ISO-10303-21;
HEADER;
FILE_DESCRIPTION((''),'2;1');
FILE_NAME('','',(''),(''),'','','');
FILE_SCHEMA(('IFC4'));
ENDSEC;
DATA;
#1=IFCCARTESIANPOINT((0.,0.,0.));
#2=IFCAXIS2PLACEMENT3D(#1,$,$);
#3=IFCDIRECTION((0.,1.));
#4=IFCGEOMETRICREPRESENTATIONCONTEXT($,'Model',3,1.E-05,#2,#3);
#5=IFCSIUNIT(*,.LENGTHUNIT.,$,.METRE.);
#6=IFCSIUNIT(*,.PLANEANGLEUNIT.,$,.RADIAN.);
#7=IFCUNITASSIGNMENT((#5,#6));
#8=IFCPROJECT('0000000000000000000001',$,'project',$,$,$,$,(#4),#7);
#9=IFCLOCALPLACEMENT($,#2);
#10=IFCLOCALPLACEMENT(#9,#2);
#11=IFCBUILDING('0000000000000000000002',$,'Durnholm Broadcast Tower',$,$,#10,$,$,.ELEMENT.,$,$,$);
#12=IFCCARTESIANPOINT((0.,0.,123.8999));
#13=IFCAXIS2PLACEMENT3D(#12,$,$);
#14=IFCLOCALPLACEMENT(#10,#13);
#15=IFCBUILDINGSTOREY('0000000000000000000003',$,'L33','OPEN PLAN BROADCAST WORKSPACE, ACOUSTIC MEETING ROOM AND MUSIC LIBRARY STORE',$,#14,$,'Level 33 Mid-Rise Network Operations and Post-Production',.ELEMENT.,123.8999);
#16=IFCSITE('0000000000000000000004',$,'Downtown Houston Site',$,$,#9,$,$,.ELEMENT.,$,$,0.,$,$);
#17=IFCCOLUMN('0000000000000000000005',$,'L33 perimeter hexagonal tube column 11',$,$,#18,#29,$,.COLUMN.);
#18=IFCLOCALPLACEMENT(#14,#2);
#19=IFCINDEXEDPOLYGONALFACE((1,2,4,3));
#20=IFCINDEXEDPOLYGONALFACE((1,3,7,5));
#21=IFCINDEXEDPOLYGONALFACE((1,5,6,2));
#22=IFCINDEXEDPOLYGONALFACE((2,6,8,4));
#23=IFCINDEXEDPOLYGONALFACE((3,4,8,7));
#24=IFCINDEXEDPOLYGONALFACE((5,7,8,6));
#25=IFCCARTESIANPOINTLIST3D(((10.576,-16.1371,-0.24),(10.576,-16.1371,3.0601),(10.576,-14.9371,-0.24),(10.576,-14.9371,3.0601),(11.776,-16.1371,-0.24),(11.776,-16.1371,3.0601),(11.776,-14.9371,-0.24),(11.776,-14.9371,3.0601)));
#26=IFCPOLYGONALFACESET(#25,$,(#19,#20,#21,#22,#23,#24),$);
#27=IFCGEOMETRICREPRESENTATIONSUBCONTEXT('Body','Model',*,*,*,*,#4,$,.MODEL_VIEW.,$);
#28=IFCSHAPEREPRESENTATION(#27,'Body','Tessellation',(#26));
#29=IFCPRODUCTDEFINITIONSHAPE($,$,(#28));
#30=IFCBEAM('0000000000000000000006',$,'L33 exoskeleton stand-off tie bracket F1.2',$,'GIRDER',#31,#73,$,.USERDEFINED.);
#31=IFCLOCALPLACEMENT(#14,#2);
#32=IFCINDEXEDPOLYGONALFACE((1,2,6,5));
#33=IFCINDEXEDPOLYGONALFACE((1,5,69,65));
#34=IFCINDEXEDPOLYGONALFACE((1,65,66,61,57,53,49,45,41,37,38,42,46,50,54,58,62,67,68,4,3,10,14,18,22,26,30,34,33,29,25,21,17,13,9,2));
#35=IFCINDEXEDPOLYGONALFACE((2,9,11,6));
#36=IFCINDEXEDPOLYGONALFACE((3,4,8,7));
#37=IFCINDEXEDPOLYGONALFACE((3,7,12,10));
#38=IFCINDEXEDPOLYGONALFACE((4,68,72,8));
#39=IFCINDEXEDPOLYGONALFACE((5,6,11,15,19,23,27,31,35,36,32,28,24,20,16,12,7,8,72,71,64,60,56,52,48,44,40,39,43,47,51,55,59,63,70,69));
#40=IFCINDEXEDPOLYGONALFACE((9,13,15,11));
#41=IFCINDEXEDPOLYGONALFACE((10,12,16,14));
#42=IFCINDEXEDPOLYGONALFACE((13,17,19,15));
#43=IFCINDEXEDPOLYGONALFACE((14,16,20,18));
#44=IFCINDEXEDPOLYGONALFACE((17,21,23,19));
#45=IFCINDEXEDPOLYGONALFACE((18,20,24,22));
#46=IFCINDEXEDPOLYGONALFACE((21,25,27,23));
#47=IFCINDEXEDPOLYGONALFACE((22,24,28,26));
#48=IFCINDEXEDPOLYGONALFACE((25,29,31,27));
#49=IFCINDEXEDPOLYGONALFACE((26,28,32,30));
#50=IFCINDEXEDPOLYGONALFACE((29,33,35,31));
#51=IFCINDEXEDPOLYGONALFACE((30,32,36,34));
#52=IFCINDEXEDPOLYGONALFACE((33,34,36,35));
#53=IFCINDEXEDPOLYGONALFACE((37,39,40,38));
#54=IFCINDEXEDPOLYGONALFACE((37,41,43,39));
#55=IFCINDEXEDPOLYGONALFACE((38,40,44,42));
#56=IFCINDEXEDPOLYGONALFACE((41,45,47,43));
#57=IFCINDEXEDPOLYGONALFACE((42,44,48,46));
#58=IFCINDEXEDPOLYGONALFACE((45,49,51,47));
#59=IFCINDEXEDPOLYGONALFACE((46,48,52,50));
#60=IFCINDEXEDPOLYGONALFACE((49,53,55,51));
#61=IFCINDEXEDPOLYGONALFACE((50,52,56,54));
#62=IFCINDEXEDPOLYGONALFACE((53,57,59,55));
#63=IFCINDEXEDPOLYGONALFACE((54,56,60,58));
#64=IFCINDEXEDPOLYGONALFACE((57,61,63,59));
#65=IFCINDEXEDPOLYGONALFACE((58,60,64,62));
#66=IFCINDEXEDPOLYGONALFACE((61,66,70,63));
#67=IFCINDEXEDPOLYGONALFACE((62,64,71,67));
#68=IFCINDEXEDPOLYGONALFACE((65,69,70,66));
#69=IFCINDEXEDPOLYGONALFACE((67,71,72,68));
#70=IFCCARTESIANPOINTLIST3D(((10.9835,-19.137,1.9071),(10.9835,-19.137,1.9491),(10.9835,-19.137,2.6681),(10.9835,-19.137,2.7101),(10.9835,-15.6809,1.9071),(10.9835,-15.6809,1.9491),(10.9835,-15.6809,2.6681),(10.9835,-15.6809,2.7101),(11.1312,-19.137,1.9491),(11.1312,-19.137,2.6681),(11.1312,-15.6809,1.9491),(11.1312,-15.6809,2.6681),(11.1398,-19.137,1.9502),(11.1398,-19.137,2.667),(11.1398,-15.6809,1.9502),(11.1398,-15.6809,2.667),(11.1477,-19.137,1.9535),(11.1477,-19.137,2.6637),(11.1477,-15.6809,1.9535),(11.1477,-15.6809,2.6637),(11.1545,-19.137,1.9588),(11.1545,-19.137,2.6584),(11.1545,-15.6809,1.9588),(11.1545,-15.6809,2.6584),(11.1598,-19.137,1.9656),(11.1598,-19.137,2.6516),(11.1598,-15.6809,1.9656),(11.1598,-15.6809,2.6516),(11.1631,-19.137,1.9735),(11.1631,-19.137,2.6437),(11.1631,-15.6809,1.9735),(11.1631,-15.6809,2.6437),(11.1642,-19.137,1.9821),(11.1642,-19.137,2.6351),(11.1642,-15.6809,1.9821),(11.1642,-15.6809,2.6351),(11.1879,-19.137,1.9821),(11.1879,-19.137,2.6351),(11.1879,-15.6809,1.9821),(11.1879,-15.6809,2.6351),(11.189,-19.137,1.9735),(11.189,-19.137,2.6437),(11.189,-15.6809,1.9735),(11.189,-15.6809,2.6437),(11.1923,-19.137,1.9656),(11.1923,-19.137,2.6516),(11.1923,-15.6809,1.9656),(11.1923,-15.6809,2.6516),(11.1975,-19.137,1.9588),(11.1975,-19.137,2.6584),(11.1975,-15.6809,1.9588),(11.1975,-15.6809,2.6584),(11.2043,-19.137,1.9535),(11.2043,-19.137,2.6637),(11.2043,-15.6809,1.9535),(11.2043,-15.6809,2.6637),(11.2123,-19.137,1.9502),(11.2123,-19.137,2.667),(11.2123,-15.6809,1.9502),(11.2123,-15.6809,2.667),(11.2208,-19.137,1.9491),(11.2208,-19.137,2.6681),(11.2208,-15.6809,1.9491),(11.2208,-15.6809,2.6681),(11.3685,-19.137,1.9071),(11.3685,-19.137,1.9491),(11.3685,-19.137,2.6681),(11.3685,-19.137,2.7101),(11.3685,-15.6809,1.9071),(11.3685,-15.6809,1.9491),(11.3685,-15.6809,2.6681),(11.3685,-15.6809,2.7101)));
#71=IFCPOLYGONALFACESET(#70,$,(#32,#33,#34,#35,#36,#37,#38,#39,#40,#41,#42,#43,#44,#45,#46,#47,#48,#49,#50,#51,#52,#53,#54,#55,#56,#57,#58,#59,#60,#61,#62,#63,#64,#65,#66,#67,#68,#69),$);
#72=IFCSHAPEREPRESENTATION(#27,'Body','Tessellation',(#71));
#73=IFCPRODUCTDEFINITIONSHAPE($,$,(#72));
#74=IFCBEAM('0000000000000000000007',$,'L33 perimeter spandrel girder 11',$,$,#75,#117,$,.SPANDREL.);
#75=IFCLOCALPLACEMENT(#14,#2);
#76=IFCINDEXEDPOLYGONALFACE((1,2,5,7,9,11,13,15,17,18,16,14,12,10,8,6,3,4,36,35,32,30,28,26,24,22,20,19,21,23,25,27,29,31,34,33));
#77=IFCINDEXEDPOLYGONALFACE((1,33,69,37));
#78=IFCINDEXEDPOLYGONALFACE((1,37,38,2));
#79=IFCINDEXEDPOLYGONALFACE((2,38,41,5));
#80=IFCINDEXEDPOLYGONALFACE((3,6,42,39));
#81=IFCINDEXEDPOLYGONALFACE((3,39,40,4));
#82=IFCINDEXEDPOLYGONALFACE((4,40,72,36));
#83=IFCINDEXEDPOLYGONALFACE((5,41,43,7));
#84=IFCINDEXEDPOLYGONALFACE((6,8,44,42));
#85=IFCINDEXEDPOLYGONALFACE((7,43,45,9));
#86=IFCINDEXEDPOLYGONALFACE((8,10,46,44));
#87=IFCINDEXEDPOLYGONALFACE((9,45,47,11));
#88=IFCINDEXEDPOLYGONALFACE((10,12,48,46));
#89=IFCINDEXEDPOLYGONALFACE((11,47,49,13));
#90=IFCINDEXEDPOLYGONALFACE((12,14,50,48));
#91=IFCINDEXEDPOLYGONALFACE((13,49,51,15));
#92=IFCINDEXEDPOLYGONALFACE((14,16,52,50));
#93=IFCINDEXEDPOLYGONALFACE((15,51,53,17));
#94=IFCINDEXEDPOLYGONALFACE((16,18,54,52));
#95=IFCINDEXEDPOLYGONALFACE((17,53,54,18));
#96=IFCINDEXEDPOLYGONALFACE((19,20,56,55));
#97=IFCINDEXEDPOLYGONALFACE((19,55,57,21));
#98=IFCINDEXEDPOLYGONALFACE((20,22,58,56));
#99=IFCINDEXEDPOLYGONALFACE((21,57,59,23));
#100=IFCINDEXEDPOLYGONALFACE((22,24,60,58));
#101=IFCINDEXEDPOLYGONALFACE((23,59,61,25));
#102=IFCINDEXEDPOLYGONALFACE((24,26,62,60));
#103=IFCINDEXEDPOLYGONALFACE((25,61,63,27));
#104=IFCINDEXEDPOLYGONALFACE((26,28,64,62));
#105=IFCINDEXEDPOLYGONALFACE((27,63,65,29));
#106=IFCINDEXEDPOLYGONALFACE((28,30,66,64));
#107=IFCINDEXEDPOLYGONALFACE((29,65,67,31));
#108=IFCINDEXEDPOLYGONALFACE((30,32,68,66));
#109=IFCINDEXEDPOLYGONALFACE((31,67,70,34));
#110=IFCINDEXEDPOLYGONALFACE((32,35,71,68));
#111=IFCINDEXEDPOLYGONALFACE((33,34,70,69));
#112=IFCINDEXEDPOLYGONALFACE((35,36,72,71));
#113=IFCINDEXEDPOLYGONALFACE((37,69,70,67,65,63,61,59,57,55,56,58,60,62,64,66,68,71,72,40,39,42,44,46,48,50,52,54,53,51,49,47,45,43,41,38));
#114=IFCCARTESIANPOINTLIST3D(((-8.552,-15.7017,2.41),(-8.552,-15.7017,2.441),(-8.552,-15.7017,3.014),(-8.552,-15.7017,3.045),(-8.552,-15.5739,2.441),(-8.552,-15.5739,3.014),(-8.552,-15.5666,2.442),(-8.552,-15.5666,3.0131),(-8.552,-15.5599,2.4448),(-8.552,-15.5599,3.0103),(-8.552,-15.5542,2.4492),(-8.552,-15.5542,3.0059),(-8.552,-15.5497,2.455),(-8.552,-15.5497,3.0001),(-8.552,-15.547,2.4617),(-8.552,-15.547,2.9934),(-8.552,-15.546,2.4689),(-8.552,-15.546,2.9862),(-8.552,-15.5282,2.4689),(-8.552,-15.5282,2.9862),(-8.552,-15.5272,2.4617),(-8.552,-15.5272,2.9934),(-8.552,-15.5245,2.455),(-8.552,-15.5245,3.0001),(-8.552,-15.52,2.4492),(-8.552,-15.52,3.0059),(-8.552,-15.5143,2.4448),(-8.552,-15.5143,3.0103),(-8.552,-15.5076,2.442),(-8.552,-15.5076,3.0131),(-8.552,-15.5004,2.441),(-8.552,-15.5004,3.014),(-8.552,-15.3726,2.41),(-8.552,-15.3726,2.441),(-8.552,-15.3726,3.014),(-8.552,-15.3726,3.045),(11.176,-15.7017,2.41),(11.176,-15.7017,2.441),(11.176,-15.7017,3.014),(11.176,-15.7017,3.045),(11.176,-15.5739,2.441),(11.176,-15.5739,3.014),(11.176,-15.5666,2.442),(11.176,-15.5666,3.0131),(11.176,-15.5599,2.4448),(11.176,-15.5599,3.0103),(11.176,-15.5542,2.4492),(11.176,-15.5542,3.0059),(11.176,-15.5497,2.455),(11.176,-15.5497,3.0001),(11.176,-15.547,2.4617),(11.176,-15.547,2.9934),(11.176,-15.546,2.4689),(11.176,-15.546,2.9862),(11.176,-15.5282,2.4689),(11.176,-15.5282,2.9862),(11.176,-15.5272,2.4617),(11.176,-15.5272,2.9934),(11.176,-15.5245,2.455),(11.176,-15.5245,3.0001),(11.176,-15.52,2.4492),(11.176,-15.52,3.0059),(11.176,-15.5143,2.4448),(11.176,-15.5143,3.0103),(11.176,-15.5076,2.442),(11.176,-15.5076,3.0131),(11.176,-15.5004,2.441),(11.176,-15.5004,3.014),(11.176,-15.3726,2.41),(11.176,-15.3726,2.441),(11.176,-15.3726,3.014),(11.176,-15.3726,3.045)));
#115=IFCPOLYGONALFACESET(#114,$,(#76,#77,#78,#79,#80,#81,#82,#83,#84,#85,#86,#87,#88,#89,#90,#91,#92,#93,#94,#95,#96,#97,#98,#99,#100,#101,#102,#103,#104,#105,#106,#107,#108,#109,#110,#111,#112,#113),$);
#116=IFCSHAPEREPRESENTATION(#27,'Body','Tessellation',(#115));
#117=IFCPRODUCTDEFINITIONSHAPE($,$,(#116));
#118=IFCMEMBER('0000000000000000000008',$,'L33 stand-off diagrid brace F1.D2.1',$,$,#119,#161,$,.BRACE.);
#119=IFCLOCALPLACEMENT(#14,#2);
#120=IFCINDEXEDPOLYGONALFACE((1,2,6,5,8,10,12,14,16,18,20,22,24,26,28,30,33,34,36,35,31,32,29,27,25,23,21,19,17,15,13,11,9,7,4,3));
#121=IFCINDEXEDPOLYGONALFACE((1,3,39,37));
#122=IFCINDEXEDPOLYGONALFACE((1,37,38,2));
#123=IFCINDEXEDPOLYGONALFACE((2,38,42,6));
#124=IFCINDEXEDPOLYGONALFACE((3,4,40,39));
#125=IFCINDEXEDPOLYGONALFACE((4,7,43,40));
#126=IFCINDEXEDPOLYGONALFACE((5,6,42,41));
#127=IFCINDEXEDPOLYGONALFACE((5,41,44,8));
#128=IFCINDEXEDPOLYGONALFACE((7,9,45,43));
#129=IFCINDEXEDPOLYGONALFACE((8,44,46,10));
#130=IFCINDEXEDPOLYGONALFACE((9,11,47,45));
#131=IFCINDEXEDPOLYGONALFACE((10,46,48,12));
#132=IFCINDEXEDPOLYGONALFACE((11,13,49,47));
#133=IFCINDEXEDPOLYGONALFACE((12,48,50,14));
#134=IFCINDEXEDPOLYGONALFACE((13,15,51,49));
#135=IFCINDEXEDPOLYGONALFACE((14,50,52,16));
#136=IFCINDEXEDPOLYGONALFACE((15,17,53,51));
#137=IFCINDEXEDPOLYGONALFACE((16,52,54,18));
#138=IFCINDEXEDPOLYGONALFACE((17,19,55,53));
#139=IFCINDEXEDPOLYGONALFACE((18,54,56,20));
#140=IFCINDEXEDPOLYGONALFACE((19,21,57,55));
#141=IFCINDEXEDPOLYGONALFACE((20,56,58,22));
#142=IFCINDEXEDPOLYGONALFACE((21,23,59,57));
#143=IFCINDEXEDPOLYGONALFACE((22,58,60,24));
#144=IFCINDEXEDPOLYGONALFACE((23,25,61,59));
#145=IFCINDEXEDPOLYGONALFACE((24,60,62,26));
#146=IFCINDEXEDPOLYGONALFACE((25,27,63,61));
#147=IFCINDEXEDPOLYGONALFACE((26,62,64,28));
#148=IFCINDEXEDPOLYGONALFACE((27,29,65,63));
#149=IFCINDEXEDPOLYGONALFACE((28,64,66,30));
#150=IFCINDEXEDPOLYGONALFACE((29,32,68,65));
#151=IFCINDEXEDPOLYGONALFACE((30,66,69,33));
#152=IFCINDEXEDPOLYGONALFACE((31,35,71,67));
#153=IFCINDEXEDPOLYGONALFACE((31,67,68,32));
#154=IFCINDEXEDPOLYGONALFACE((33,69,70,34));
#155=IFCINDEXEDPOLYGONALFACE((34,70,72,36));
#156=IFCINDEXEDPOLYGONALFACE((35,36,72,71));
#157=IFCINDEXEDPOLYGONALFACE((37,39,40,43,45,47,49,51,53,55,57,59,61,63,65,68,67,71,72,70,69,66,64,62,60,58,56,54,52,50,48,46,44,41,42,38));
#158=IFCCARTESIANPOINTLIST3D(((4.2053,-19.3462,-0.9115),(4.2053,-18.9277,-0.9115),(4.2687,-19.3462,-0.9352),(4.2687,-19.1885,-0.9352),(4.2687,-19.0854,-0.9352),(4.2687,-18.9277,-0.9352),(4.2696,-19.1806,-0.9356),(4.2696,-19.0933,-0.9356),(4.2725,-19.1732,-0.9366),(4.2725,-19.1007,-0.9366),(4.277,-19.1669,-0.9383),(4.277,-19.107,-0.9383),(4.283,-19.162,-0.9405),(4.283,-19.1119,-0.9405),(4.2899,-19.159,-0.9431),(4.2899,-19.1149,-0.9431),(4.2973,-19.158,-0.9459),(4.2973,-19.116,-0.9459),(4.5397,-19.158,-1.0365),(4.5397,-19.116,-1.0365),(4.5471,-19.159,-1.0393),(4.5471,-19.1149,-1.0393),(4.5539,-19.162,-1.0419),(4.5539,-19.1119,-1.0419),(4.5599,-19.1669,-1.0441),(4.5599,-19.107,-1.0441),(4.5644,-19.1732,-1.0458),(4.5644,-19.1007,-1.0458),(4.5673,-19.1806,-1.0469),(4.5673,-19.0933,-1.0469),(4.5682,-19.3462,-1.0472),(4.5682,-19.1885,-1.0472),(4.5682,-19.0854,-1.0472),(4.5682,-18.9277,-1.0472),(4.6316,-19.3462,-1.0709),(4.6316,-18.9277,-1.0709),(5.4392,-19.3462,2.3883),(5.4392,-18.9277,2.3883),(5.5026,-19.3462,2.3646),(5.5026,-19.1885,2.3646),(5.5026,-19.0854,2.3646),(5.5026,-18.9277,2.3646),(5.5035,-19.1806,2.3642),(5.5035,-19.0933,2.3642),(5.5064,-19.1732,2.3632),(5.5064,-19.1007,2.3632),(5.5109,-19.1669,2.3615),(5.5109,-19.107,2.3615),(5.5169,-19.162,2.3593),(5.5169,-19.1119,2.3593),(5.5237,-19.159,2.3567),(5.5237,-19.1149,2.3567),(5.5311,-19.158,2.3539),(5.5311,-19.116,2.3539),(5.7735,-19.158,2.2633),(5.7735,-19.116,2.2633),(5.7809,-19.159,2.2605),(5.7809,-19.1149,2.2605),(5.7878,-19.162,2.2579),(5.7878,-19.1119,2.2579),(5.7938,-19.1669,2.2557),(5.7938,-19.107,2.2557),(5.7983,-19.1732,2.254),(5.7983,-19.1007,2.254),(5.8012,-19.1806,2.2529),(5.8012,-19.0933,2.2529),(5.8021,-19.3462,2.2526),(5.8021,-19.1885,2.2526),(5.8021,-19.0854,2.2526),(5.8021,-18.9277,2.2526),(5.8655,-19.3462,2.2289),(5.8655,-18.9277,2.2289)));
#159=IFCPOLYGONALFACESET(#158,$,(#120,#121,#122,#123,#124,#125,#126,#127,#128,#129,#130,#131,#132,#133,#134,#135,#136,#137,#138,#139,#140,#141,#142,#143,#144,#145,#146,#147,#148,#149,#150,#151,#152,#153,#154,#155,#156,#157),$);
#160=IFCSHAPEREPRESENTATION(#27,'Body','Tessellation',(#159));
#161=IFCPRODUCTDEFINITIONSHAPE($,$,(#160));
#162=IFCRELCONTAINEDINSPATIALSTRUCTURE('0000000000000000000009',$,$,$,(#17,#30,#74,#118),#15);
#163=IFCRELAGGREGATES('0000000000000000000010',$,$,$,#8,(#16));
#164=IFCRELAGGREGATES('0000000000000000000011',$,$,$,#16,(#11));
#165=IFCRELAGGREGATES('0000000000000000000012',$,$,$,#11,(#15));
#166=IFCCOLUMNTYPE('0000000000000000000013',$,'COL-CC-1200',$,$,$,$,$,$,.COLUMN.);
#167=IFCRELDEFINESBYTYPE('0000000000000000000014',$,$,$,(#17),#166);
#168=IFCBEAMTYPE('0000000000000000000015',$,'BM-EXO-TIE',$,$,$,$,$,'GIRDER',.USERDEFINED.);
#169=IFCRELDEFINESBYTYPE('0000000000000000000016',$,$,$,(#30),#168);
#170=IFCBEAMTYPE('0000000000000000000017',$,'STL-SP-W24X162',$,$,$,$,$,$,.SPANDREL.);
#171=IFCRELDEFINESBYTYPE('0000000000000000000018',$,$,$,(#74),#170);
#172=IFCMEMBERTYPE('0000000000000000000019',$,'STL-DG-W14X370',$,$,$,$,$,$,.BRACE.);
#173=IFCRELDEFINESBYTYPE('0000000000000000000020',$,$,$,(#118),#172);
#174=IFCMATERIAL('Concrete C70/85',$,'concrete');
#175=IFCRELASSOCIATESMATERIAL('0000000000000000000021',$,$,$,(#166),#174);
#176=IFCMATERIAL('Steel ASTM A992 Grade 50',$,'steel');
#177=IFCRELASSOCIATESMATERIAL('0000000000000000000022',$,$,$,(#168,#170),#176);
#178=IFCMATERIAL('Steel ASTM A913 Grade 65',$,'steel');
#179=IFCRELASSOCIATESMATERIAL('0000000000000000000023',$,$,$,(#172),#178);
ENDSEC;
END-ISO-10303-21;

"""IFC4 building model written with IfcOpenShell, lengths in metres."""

from ifc_helpers import new_model, si_unit, direction, frame, origin, origin_2d, place, context, subcontext, project, spatial, rectangle, i_section, extrude, source, transform, mapped, material, material_profile, profile_set, type_object, type_shapes, element, save


model = new_model("IFC4")

# Units and contexts
model_context = context("Model", 3, precision=1e-05, world=origin(), true_north=direction((0.0, 1.0)))
body_context = subcontext(model_context, "Body", "Model", "MODEL_VIEW")
ifc_project = project(units=[si_unit("LENGTHUNIT", "METRE"), si_unit("PLANEANGLEUNIT", "RADIAN")], contexts=[model_context])

# Site, building, storey
site_placement = place(None, origin())
site = spatial("IfcSite", under=ifc_project, at=site_placement, Name="Downtown Houston Site", CompositionType="ELEMENT", RefElevation=0.0)
building_placement = place(site_placement, origin())
building = spatial("IfcBuilding", under=site, at=building_placement, Name="Durnholm Broadcast Tower", CompositionType="ELEMENT")
storey_placement = place(building_placement, frame((0.0, 0.0, 123.8999)))
storey = spatial("IfcBuildingStorey", under=building, at=storey_placement, Name="L33", Description="OPEN PLAN BROADCAST WORKSPACE, ACOUSTIC MEETING ROOM AND MUSIC LIBRARY STORE", LongName="Level 33 Mid-Rise Network Operations and Post-Production", CompositionType="ELEMENT", Elevation=123.8999)

# Column
ifc_material_1 = material(Name="Concrete C70/85", Category="concrete")
ifc_material_profile_1 = material_profile(ifc_material_1, rectangle(XDim=1.2, YDim=1.2, at=origin_2d()), Name="RC1200X1200")
ifc_profile_set_1 = profile_set([ifc_material_profile_1], Name="Concrete C70/85")
column_type = type_object("IfcColumnType", Name="COL-CC-1200", PredefinedType="COLUMN", material=ifc_profile_set_1)
shared_shape_1 = source(origin(), body_context, "Body", "SweptSolid", [
    extrude(rectangle(XDim=1.2, YDim=1.2, at=origin_2d()), origin(), (0.0, 0.0, 1.0), 3.3),
])
type_shapes(column_type, [shared_shape_1])
column_placement = place(storey_placement, frame((11.176, -15.5371, -0.24), z_axis=(0.0, 0.0, 1.0), x_axis=(1.0, 0.0, 0.0)))
element("IfcColumn", 1, at=column_placement, inside=storey, type_object=column_type, Name="L33 perimeter hexagonal tube column 11", PredefinedType="COLUMN", context=body_context, shape_type="MappedRepresentation", body=[
    mapped(shared_shape_1, transform((0.0, 0.0, 0.0), x_axis=(1.0, 0.0, 0.0), y_axis=(0.0, 1.0, 0.0), z_axis=(0.0, 0.0, 1.0), scale=1.0)),
])

# Beams
ifc_material_2 = material(Name="Steel ASTM A992 Grade 50", Category="steel")
ifc_material_profile_2 = material_profile(ifc_material_2, i_section(OverallWidth=0.385, OverallDepth=0.803, WebThickness=0.0237, FlangeThickness=0.042, FilletRadius=0.033, at=origin_2d()), Name="W30X261")
ifc_profile_set_2 = profile_set([ifc_material_profile_2], Name="Steel ASTM A992 Grade 50")
beam_type_1 = type_object("IfcBeamType", Name="BM-EXO-TIE", ElementType="GIRDER", PredefinedType="USERDEFINED", material=ifc_profile_set_2)
shared_shape_2 = source(origin(), body_context, "Body", "SweptSolid", [
    extrude(i_section(OverallWidth=0.385, OverallDepth=0.803, WebThickness=0.0237, FlangeThickness=0.042, FilletRadius=0.033, at=origin_2d()), origin(), (0.0, 0.0, 1.0), 3.4561),
])
type_shapes(beam_type_1, [shared_shape_2])
beam_1_placement = place(storey_placement, frame((11.176, -15.6809, 2.3086), z_axis=(0.0, -1.0, 0.0), x_axis=(1.0, 0.0, 0.0)))
element("IfcBeam", 2, at=beam_1_placement, inside=storey, type_object=beam_type_1, Name="L33 exoskeleton stand-off tie bracket F1.2", ObjectType="GIRDER", PredefinedType="USERDEFINED", context=body_context, shape_type="MappedRepresentation", body=[
    mapped(shared_shape_2, transform((0.0, 0.0, 0.0), x_axis=(1.0, 0.0, 0.0), y_axis=(0.0, 1.0, 0.0), z_axis=(0.0, 0.0, 1.0), scale=1.0)),
])
ifc_material_profile_3 = material_profile(ifc_material_2, i_section(OverallWidth=0.3291, OverallDepth=0.635, WebThickness=0.0178, FlangeThickness=0.031, FilletRadius=0.0278, at=origin_2d()), Name="W24X162")
ifc_profile_set_3 = profile_set([ifc_material_profile_3], Name="Steel ASTM A992 Grade 50")
beam_type_2 = type_object("IfcBeamType", Name="STL-SP-W24X162", PredefinedType="SPANDREL", material=ifc_profile_set_3)
shared_shape_3 = source(origin(), body_context, "Body", "SweptSolid", [
    extrude(i_section(OverallWidth=0.3291, OverallDepth=0.635, WebThickness=0.0178, FlangeThickness=0.031, FilletRadius=0.0278, at=origin_2d()), origin(), (0.0, 0.0, 1.0), 19.728),
])
type_shapes(beam_type_2, [shared_shape_3])
beam_2_placement = place(storey_placement, frame((11.176, -15.5371, 2.7275), z_axis=(-1.0, 0.0, 0.0), x_axis=(0.0, -1.0, 0.0)))
element("IfcBeam", 3, at=beam_2_placement, inside=storey, type_object=beam_type_2, Name="L33 perimeter spandrel girder 11", PredefinedType="SPANDREL", context=body_context, shape_type="MappedRepresentation", body=[
    mapped(shared_shape_3, transform((0.0, 0.0, 0.0), x_axis=(1.0, 0.0, 0.0), y_axis=(0.0, 1.0, 0.0), z_axis=(0.0, 0.0, 1.0), scale=1.0)),
])

# Member
ifc_material_3 = material(Name="Steel ASTM A913 Grade 65", Category="steel")
ifc_material_profile_4 = material_profile(ifc_material_3, i_section(OverallWidth=0.4185, OverallDepth=0.4551, WebThickness=0.042, FlangeThickness=0.0676, FilletRadius=0.0305, at=origin_2d()), Name="W14X370")
ifc_profile_set_4 = profile_set([ifc_material_profile_4], Name="Steel ASTM A913 Grade 65")
member_type_1 = type_object("IfcMemberType", Name="STL-DG-W14X370", PredefinedType="BRACE", material=ifc_profile_set_4)
shared_shape_4 = source(origin(), body_context, "Body", "SweptSolid", [
    extrude(i_section(OverallWidth=0.4185, OverallDepth=0.4551, WebThickness=0.042, FlangeThickness=0.0676, FilletRadius=0.0305, at=origin_2d()), origin(), (0.0, 0.0, 1.0), 3.5229),
])
type_shapes(member_type_1, [shared_shape_4])
for number, where, z_axis, x_axis, name in (
    (4, (4.4185, -19.137, -0.9912), (0.350242, 0.0, 0.936659), (0.0, 1.0, 0.0), "L33 stand-off diagrid brace F1.D2.1"),
):
    element("IfcMember", number, at=place(storey_placement, frame(where, z_axis=z_axis, x_axis=x_axis)), inside=storey, type_object=member_type_1, Name=name, PredefinedType="BRACE", context=body_context, shape_type="MappedRepresentation", body=[
        mapped(shared_shape_4, transform((0.0, 0.0, 0.0), x_axis=(1.0, 0.0, 0.0), y_axis=(0.0, 1.0, 0.0), z_axis=(0.0, 0.0, 1.0), scale=1.0)),
    ])

save(model, "model.ifc")
